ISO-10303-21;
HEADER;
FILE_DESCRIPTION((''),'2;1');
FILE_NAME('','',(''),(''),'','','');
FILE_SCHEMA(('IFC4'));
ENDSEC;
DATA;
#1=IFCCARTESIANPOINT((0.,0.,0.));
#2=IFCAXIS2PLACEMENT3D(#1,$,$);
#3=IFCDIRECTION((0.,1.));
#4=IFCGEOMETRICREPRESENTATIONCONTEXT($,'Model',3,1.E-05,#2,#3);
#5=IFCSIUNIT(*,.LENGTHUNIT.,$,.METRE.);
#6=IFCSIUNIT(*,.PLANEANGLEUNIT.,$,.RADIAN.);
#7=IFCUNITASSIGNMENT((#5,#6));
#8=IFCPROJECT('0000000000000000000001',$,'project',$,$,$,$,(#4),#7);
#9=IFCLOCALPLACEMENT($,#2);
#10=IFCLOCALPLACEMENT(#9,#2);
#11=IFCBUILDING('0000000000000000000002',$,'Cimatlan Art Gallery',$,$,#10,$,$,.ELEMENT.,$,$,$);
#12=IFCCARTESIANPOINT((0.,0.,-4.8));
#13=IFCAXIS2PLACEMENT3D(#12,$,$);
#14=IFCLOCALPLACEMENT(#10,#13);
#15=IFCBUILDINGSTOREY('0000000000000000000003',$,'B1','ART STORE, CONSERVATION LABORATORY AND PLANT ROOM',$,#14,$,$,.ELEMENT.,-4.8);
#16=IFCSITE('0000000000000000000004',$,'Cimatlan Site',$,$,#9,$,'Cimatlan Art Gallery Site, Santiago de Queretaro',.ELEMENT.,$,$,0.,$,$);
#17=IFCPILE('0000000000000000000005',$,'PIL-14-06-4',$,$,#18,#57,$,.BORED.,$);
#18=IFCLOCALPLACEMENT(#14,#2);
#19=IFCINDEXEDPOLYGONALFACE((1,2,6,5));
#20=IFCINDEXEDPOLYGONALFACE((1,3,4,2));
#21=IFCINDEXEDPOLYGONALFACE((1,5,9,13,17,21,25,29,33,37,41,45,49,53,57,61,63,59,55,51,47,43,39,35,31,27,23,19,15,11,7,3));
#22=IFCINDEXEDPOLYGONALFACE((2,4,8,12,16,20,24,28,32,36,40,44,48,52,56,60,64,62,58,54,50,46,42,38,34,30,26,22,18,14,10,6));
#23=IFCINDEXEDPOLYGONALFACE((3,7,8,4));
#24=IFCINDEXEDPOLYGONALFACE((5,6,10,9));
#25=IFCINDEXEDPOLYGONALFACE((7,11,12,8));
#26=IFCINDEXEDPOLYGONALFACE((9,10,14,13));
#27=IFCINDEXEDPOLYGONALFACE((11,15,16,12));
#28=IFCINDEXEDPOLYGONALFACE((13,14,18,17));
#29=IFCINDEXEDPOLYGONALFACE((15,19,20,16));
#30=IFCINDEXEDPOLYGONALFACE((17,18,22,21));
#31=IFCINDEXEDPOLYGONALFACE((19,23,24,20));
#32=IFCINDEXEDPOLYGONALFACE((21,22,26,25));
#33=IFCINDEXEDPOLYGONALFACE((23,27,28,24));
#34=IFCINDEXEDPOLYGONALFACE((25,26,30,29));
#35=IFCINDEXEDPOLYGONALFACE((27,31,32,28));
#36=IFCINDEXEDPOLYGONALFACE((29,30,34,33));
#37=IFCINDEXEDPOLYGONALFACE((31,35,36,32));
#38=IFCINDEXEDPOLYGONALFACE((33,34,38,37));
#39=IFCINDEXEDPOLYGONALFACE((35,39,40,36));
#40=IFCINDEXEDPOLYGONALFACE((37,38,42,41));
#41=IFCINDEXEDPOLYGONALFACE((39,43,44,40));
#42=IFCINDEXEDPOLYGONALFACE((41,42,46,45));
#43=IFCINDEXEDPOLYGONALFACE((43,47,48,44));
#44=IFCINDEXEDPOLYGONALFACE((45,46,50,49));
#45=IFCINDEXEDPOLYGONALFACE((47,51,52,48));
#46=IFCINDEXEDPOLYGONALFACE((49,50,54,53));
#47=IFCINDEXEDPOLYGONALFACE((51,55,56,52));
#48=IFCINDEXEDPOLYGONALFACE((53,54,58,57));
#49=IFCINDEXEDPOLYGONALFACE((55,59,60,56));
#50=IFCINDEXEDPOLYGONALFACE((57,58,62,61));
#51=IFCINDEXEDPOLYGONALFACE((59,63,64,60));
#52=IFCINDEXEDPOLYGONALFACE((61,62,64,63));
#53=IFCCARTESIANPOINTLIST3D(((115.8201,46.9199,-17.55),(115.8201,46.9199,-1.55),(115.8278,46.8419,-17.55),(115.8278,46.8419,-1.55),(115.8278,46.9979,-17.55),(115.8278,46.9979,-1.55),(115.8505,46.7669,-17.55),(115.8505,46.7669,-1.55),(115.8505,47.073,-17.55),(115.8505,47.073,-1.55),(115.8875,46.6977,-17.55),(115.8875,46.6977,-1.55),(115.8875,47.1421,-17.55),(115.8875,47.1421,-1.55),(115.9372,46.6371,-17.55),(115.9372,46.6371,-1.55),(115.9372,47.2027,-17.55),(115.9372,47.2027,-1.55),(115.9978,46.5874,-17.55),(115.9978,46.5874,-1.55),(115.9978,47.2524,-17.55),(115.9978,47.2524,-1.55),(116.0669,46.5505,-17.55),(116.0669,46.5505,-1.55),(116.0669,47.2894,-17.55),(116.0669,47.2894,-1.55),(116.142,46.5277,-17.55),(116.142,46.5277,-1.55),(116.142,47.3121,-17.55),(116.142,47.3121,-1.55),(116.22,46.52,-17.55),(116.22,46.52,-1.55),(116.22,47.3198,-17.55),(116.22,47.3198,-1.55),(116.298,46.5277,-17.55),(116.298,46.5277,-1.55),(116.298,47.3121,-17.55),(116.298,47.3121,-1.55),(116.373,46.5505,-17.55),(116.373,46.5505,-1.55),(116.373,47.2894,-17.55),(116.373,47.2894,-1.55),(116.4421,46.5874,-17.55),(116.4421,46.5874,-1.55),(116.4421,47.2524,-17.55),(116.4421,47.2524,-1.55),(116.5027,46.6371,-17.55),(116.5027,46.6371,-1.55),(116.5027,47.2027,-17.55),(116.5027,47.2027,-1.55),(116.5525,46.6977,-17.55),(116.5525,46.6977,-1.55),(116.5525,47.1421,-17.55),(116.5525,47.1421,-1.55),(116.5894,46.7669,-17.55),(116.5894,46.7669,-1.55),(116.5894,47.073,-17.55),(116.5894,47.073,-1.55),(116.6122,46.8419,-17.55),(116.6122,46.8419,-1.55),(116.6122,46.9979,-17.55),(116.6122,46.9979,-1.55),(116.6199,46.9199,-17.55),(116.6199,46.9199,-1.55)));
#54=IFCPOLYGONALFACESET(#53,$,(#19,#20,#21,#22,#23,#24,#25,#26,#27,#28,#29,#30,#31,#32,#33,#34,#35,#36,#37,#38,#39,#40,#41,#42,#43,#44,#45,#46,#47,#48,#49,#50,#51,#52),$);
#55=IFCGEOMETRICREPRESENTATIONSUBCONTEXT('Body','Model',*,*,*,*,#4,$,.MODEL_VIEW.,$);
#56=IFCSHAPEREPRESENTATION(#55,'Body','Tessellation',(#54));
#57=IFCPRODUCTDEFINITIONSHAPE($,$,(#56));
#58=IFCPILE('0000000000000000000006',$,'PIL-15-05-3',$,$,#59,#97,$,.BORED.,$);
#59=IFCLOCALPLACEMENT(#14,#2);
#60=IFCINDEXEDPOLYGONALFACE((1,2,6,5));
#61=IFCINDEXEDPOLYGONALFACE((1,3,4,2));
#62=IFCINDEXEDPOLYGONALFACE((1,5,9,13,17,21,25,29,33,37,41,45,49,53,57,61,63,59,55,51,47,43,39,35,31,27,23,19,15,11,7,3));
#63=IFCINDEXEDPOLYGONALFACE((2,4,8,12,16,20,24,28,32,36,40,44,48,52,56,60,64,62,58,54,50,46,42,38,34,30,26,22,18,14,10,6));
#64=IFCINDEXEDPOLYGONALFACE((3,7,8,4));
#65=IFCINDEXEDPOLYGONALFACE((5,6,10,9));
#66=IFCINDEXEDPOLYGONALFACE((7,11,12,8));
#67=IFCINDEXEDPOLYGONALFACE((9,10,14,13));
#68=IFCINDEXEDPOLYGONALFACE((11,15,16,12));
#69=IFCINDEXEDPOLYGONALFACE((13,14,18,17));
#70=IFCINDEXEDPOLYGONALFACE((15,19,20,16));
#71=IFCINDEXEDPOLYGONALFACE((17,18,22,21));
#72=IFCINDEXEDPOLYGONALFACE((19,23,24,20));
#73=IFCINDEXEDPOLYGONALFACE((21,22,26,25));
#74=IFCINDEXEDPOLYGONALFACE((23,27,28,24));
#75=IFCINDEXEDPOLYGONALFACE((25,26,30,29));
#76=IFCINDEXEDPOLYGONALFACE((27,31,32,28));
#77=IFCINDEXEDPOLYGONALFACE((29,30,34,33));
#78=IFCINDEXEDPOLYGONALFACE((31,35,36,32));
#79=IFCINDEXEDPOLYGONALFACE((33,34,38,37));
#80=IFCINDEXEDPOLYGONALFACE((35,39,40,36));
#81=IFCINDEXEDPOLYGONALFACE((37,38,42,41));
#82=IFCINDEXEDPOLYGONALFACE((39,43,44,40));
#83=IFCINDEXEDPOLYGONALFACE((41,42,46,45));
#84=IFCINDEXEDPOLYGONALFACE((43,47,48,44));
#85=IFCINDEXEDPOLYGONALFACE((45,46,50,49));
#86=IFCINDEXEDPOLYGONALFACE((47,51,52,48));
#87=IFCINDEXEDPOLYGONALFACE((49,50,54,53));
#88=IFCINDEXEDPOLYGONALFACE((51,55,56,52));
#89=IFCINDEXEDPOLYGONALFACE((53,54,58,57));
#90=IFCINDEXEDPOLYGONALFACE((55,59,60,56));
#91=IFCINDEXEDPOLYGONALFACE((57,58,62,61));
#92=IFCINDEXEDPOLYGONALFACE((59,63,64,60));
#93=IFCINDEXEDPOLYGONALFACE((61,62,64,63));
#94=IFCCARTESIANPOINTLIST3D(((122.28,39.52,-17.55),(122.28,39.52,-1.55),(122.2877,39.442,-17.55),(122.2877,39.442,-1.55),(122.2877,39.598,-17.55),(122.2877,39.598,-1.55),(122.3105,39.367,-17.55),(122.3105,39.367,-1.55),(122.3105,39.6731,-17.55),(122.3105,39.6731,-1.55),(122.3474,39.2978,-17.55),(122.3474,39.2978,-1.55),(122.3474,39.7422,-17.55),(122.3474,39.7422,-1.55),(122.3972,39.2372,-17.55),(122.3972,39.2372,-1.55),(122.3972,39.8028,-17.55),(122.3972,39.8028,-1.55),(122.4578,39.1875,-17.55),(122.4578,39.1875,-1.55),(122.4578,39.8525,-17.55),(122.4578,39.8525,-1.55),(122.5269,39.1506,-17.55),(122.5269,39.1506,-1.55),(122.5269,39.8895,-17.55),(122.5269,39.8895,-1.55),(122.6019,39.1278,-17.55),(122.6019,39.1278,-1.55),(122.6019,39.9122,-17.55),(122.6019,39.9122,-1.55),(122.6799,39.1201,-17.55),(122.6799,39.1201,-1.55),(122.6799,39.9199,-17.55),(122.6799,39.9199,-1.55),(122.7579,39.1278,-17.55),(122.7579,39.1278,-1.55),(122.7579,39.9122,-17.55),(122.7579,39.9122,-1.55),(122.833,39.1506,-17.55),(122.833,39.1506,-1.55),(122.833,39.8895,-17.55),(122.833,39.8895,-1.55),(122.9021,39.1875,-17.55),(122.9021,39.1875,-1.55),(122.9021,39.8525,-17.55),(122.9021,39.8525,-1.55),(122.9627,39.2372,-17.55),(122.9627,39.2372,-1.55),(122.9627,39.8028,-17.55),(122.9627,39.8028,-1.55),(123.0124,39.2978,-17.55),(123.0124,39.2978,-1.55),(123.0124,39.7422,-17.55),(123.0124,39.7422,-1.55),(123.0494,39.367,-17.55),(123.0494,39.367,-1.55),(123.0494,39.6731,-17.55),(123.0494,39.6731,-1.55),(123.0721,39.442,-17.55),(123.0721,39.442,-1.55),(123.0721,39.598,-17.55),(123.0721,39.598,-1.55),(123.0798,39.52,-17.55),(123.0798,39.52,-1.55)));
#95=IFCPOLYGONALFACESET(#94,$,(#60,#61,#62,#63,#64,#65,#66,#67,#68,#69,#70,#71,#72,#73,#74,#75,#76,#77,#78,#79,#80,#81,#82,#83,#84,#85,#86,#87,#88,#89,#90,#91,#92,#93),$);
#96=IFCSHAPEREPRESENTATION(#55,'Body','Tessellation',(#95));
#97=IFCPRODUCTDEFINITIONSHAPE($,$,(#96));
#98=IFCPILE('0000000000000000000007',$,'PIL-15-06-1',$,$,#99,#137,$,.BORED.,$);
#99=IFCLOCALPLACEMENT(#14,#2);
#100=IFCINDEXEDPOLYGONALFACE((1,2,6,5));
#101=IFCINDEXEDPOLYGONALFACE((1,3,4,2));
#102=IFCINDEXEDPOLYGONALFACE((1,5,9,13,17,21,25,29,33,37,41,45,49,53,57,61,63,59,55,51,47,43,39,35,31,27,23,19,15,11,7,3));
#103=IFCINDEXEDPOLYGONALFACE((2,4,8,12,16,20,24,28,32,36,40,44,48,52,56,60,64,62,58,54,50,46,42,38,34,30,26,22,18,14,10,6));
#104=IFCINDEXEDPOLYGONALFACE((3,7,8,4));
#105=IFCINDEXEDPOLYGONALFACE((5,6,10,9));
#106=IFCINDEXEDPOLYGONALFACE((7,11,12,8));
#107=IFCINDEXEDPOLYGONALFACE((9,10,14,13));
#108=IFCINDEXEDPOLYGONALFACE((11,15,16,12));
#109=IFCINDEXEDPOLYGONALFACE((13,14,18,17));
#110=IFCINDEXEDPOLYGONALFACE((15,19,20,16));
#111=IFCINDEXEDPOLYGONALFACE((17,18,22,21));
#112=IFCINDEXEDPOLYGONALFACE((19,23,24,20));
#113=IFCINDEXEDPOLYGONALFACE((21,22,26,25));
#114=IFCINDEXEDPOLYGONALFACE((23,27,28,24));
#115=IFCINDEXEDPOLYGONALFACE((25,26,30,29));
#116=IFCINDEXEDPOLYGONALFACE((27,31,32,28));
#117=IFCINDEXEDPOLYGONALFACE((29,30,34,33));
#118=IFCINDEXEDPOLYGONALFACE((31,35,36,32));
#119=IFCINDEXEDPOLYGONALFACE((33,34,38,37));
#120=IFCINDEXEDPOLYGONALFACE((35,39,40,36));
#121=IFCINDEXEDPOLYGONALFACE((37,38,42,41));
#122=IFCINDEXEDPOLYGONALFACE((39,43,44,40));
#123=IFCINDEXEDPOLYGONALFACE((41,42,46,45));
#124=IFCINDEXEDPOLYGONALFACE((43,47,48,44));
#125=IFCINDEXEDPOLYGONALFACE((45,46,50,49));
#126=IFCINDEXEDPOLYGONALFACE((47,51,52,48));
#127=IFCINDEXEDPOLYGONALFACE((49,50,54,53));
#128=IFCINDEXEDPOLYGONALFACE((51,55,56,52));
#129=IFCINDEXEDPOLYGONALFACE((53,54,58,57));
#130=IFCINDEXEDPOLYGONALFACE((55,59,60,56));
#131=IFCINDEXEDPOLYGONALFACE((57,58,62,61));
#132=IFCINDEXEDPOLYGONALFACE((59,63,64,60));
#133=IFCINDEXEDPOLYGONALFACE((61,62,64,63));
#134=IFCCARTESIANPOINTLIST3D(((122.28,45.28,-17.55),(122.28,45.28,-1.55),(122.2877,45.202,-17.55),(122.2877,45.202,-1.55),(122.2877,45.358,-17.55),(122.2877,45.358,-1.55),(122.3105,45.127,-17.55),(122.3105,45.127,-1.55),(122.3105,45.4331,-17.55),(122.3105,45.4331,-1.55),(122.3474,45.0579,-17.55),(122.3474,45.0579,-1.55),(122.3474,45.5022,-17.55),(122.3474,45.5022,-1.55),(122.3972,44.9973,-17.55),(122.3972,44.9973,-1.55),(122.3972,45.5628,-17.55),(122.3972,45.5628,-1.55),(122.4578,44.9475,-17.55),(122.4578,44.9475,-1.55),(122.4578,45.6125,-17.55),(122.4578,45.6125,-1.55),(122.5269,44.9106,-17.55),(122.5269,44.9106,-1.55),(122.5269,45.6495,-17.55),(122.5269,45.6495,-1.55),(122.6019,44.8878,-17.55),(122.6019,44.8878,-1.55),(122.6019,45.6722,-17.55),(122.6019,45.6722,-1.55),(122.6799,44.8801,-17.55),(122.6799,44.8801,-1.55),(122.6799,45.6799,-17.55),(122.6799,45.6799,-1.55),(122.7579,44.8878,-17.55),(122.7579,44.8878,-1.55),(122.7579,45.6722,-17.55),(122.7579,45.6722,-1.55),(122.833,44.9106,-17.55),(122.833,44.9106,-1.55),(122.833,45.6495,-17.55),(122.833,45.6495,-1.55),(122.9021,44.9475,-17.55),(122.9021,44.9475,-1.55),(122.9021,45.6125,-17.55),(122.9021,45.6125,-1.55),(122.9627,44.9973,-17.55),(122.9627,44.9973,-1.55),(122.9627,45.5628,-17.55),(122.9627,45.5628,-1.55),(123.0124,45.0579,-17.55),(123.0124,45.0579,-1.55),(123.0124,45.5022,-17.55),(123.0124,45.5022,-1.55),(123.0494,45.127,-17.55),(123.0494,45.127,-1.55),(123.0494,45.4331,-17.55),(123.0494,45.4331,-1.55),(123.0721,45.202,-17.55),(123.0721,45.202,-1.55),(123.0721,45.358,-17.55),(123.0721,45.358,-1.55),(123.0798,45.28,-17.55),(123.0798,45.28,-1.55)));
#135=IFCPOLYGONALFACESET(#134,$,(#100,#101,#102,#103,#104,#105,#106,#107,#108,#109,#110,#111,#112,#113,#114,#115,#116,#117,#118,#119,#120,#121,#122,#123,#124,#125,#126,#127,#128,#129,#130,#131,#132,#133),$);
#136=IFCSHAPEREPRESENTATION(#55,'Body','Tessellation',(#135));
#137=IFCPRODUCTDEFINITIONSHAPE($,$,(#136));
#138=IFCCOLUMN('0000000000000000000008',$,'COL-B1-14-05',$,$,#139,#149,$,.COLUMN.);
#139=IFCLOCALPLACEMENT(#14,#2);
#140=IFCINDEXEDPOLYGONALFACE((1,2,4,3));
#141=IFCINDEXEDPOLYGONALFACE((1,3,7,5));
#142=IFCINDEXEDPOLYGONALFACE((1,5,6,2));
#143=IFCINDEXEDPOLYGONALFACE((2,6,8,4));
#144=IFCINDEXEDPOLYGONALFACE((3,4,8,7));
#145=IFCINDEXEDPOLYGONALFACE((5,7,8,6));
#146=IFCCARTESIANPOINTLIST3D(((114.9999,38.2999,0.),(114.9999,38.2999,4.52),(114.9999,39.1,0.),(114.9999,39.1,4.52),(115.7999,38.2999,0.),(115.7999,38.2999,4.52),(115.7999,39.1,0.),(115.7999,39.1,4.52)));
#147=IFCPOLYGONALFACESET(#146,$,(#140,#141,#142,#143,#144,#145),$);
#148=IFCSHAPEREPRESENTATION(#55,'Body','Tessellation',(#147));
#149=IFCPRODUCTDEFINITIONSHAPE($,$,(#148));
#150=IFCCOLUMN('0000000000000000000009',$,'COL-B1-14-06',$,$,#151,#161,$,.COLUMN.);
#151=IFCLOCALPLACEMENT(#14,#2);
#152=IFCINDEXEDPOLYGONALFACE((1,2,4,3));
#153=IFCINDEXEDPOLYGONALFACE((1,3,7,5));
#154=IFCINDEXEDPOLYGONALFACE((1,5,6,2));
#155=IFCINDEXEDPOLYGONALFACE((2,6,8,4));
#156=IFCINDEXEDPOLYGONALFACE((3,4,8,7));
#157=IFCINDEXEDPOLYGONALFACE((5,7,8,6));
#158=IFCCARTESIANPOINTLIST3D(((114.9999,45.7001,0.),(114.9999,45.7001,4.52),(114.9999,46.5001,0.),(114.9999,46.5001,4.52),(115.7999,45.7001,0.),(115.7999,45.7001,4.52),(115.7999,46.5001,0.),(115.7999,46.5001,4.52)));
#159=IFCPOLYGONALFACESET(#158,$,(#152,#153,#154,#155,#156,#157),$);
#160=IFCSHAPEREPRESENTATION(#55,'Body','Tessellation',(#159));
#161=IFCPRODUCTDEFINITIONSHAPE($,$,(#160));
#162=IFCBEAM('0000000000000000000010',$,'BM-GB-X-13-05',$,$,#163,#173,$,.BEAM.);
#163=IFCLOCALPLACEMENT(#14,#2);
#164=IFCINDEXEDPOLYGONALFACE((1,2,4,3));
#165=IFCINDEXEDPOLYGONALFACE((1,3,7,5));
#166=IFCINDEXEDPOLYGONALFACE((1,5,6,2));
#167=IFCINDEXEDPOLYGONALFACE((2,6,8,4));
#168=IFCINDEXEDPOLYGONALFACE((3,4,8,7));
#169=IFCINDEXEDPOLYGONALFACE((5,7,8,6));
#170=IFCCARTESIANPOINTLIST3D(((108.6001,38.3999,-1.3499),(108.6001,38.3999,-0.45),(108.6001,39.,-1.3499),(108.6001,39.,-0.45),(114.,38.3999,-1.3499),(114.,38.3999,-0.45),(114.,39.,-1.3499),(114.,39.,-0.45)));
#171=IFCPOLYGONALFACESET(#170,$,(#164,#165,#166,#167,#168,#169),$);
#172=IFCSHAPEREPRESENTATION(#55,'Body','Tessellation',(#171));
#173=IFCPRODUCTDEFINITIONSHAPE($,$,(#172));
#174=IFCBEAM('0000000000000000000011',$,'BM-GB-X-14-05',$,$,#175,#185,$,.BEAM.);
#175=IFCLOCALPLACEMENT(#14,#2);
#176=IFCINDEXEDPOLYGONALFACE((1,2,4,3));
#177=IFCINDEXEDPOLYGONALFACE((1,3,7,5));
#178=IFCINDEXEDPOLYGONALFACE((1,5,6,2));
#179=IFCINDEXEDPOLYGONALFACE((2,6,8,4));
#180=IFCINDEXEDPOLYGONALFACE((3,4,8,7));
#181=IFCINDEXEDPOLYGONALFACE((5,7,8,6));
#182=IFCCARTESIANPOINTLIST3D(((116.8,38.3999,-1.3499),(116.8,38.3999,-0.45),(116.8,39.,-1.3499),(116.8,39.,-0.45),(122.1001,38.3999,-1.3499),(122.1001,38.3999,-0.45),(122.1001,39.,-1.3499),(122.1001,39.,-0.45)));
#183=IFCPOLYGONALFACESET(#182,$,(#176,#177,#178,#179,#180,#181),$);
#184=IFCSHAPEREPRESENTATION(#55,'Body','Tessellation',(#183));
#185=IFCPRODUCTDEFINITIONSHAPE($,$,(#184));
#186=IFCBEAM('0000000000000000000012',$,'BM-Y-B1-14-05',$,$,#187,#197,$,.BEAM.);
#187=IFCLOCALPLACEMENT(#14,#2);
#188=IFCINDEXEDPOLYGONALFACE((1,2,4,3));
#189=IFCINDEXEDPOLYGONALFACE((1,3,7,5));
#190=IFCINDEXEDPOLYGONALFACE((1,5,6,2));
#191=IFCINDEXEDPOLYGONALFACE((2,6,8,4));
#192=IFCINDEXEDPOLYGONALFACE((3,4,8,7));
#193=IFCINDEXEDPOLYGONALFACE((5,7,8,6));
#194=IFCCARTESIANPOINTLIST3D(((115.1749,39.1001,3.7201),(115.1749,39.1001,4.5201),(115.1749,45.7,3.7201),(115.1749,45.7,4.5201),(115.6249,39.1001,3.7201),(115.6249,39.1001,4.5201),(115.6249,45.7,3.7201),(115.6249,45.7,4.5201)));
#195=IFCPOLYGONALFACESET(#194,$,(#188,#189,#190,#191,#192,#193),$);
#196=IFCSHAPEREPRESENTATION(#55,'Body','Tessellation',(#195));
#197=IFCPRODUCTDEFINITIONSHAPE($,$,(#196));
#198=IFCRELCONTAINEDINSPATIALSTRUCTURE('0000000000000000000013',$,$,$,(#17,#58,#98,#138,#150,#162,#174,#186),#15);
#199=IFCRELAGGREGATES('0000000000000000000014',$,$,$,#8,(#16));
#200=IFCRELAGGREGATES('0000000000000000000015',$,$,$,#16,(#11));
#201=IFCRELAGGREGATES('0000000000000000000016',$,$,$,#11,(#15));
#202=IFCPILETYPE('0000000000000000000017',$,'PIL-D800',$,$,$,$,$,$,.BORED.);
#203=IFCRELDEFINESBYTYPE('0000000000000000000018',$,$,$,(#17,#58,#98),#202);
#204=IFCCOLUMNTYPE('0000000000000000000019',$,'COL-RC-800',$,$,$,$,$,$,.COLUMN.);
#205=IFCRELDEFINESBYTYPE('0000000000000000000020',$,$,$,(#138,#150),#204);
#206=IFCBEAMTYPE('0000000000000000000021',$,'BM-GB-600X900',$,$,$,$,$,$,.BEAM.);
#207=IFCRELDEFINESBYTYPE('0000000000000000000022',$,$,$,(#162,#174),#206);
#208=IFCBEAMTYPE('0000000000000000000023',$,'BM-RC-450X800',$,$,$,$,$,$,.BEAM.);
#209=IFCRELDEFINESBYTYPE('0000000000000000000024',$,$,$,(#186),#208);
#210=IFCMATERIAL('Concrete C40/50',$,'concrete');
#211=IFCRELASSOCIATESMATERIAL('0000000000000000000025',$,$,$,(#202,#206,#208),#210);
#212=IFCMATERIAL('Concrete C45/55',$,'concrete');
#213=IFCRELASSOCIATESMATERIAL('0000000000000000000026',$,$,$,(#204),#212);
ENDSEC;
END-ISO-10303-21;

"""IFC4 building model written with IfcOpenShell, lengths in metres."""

from ifc_helpers import new_model, si_unit, direction, frame, origin, origin_2d, place, context, subcontext, project, spatial, rectangle, circle, extrude, material, material_profile, profile_set, type_object, element, save


model = new_model("IFC4")

# Units and contexts
model_context = context("Model", 3, precision=1e-05, world=origin(), true_north=direction((0.0, 1.0)))
body_context = subcontext(model_context, "Body", "Model", "MODEL_VIEW")
ifc_project = project(units=[si_unit("LENGTHUNIT", "METRE"), si_unit("PLANEANGLEUNIT", "RADIAN")], contexts=[model_context])

# Site, building, storey
site_placement = place(None, origin())
site = spatial("IfcSite", under=ifc_project, at=site_placement, Name="Cimatlan Site", LongName="Cimatlan Art Gallery Site, Santiago de Queretaro", CompositionType="ELEMENT", RefElevation=0.0)
building_placement = place(site_placement, origin())
building = spatial("IfcBuilding", under=site, at=building_placement, Name="Cimatlan Art Gallery", CompositionType="ELEMENT")
storey_placement = place(building_placement, frame((0.0, 0.0, -4.8)))
storey = spatial("IfcBuildingStorey", under=building, at=storey_placement, Name="B1", Description="ART STORE, CONSERVATION LABORATORY AND PLANT ROOM", CompositionType="ELEMENT", Elevation=-4.8)

# Shared definitions
ifc_material_1 = material(Name="Concrete C40/50", Category="concrete")

# Piles
pile_type_1 = type_object("IfcPileType", Name="PIL-D800", PredefinedType="BORED", material=ifc_material_1)
for number, where, z_axis, x_axis, name in (
    (1, (116.22, 46.9199, -1.55), (0.0, 0.0, -1.0), (1.0, 0.0, 0.0), "PIL-14-06-4"),
    (2, (122.6799, 39.52, -1.55), (0.0, 0.0, -1.0), (1.0, 0.0, 0.0), "PIL-15-05-3"),
    (3, (122.6799, 45.28, -1.55), (0.0, 0.0, -1.0), (1.0, 0.0, 0.0), "PIL-15-06-1"),
):
    element("IfcPile", number, at=place(storey_placement, frame(where, z_axis=z_axis, x_axis=x_axis)), inside=storey, type_object=pile_type_1, Name=name, PredefinedType="BORED", context=body_context, shape_type="SweptSolid", body=[
        extrude(circle(Radius=0.3999, at=origin_2d()), origin(), (0.0, 0.0, 1.0), 16.0),
    ])

# Columns
ifc_material_2 = material(Name="Concrete C45/55", Category="concrete")
ifc_material_profile_1 = material_profile(ifc_material_2, rectangle(XDim=0.8, YDim=0.8, at=origin_2d()), Name="RC800X800")
ifc_profile_set_1 = profile_set([ifc_material_profile_1], Name="Concrete C45/55")
column_type = type_object("IfcColumnType", Name="COL-RC-800", PredefinedType="COLUMN", material=ifc_profile_set_1)
for number, where, z_axis, x_axis, name in (
    (4, (115.3999, 38.7, 0.0), (0.0, 0.0, 1.0), (1.0, 0.0, 0.0), "COL-B1-14-05"),
    (5, (115.3999, 46.1001, 0.0), (0.0, 0.0, 1.0), (1.0, 0.0, 0.0), "COL-B1-14-06"),
):
    element("IfcColumn", number, at=place(storey_placement, frame(where, z_axis=z_axis, x_axis=x_axis)), inside=storey, type_object=column_type, Name=name, PredefinedType="COLUMN", context=body_context, shape_type="SweptSolid", body=[
        extrude(rectangle(XDim=0.8, YDim=0.8, at=origin_2d()), origin(), (0.0, 0.0, 1.0), 4.52),
    ])

# Beams
ifc_material_profile_2 = material_profile(ifc_material_1, rectangle(XDim=0.6001, YDim=0.8999, at=origin_2d()), Name="RC600X900")
ifc_profile_set_2 = profile_set([ifc_material_profile_2], Name="Concrete C40/50")
beam_type_1 = type_object("IfcBeamType", Name="BM-GB-600X900", PredefinedType="BEAM", material=ifc_profile_set_2)
beam_1_placement = place(storey_placement, frame((108.6001, 38.7, -0.8999), z_axis=(1.0, 0.0, 0.0), x_axis=(0.0, 1.0, 0.0)))
element("IfcBeam", 6, at=beam_1_placement, inside=storey, type_object=beam_type_1, Name="BM-GB-X-13-05", PredefinedType="BEAM", context=body_context, shape_type="SweptSolid", body=[
    extrude(rectangle(XDim=0.6001, YDim=0.8999, at=origin_2d()), origin(), (0.0, 0.0, 1.0), 5.3999),
])
beam_2_placement = place(storey_placement, frame((116.8, 38.7, -0.8999), z_axis=(1.0, 0.0, 0.0), x_axis=(0.0, 1.0, 0.0)))
element("IfcBeam", 7, at=beam_2_placement, inside=storey, type_object=beam_type_1, Name="BM-GB-X-14-05", PredefinedType="BEAM", context=body_context, shape_type="SweptSolid", body=[
    extrude(rectangle(XDim=0.6001, YDim=0.8999, at=origin_2d()), origin(), (0.0, 0.0, 1.0), 5.3),
])
ifc_material_profile_3 = material_profile(ifc_material_1, rectangle(XDim=0.45, YDim=0.8, at=origin_2d()), Name="RC450X800")
ifc_profile_set_3 = profile_set([ifc_material_profile_3], Name="Concrete C40/50")
beam_type_2 = type_object("IfcBeamType", Name="BM-RC-450X800", PredefinedType="BEAM", material=ifc_profile_set_3)
beam_3_placement = place(storey_placement, frame((115.3999, 39.1001, 4.1201), z_axis=(0.0, 1.0, 0.0), x_axis=(-1.0, 0.0, 0.0)))
element("IfcBeam", 8, at=beam_3_placement, inside=storey, type_object=beam_type_2, Name="BM-Y-B1-14-05", PredefinedType="BEAM", context=body_context, shape_type="SweptSolid", body=[
    extrude(rectangle(XDim=0.45, YDim=0.8, at=origin_2d()), origin(), (0.0, 0.0, 1.0), 6.5999),
])

save(model, "model.ifc")
